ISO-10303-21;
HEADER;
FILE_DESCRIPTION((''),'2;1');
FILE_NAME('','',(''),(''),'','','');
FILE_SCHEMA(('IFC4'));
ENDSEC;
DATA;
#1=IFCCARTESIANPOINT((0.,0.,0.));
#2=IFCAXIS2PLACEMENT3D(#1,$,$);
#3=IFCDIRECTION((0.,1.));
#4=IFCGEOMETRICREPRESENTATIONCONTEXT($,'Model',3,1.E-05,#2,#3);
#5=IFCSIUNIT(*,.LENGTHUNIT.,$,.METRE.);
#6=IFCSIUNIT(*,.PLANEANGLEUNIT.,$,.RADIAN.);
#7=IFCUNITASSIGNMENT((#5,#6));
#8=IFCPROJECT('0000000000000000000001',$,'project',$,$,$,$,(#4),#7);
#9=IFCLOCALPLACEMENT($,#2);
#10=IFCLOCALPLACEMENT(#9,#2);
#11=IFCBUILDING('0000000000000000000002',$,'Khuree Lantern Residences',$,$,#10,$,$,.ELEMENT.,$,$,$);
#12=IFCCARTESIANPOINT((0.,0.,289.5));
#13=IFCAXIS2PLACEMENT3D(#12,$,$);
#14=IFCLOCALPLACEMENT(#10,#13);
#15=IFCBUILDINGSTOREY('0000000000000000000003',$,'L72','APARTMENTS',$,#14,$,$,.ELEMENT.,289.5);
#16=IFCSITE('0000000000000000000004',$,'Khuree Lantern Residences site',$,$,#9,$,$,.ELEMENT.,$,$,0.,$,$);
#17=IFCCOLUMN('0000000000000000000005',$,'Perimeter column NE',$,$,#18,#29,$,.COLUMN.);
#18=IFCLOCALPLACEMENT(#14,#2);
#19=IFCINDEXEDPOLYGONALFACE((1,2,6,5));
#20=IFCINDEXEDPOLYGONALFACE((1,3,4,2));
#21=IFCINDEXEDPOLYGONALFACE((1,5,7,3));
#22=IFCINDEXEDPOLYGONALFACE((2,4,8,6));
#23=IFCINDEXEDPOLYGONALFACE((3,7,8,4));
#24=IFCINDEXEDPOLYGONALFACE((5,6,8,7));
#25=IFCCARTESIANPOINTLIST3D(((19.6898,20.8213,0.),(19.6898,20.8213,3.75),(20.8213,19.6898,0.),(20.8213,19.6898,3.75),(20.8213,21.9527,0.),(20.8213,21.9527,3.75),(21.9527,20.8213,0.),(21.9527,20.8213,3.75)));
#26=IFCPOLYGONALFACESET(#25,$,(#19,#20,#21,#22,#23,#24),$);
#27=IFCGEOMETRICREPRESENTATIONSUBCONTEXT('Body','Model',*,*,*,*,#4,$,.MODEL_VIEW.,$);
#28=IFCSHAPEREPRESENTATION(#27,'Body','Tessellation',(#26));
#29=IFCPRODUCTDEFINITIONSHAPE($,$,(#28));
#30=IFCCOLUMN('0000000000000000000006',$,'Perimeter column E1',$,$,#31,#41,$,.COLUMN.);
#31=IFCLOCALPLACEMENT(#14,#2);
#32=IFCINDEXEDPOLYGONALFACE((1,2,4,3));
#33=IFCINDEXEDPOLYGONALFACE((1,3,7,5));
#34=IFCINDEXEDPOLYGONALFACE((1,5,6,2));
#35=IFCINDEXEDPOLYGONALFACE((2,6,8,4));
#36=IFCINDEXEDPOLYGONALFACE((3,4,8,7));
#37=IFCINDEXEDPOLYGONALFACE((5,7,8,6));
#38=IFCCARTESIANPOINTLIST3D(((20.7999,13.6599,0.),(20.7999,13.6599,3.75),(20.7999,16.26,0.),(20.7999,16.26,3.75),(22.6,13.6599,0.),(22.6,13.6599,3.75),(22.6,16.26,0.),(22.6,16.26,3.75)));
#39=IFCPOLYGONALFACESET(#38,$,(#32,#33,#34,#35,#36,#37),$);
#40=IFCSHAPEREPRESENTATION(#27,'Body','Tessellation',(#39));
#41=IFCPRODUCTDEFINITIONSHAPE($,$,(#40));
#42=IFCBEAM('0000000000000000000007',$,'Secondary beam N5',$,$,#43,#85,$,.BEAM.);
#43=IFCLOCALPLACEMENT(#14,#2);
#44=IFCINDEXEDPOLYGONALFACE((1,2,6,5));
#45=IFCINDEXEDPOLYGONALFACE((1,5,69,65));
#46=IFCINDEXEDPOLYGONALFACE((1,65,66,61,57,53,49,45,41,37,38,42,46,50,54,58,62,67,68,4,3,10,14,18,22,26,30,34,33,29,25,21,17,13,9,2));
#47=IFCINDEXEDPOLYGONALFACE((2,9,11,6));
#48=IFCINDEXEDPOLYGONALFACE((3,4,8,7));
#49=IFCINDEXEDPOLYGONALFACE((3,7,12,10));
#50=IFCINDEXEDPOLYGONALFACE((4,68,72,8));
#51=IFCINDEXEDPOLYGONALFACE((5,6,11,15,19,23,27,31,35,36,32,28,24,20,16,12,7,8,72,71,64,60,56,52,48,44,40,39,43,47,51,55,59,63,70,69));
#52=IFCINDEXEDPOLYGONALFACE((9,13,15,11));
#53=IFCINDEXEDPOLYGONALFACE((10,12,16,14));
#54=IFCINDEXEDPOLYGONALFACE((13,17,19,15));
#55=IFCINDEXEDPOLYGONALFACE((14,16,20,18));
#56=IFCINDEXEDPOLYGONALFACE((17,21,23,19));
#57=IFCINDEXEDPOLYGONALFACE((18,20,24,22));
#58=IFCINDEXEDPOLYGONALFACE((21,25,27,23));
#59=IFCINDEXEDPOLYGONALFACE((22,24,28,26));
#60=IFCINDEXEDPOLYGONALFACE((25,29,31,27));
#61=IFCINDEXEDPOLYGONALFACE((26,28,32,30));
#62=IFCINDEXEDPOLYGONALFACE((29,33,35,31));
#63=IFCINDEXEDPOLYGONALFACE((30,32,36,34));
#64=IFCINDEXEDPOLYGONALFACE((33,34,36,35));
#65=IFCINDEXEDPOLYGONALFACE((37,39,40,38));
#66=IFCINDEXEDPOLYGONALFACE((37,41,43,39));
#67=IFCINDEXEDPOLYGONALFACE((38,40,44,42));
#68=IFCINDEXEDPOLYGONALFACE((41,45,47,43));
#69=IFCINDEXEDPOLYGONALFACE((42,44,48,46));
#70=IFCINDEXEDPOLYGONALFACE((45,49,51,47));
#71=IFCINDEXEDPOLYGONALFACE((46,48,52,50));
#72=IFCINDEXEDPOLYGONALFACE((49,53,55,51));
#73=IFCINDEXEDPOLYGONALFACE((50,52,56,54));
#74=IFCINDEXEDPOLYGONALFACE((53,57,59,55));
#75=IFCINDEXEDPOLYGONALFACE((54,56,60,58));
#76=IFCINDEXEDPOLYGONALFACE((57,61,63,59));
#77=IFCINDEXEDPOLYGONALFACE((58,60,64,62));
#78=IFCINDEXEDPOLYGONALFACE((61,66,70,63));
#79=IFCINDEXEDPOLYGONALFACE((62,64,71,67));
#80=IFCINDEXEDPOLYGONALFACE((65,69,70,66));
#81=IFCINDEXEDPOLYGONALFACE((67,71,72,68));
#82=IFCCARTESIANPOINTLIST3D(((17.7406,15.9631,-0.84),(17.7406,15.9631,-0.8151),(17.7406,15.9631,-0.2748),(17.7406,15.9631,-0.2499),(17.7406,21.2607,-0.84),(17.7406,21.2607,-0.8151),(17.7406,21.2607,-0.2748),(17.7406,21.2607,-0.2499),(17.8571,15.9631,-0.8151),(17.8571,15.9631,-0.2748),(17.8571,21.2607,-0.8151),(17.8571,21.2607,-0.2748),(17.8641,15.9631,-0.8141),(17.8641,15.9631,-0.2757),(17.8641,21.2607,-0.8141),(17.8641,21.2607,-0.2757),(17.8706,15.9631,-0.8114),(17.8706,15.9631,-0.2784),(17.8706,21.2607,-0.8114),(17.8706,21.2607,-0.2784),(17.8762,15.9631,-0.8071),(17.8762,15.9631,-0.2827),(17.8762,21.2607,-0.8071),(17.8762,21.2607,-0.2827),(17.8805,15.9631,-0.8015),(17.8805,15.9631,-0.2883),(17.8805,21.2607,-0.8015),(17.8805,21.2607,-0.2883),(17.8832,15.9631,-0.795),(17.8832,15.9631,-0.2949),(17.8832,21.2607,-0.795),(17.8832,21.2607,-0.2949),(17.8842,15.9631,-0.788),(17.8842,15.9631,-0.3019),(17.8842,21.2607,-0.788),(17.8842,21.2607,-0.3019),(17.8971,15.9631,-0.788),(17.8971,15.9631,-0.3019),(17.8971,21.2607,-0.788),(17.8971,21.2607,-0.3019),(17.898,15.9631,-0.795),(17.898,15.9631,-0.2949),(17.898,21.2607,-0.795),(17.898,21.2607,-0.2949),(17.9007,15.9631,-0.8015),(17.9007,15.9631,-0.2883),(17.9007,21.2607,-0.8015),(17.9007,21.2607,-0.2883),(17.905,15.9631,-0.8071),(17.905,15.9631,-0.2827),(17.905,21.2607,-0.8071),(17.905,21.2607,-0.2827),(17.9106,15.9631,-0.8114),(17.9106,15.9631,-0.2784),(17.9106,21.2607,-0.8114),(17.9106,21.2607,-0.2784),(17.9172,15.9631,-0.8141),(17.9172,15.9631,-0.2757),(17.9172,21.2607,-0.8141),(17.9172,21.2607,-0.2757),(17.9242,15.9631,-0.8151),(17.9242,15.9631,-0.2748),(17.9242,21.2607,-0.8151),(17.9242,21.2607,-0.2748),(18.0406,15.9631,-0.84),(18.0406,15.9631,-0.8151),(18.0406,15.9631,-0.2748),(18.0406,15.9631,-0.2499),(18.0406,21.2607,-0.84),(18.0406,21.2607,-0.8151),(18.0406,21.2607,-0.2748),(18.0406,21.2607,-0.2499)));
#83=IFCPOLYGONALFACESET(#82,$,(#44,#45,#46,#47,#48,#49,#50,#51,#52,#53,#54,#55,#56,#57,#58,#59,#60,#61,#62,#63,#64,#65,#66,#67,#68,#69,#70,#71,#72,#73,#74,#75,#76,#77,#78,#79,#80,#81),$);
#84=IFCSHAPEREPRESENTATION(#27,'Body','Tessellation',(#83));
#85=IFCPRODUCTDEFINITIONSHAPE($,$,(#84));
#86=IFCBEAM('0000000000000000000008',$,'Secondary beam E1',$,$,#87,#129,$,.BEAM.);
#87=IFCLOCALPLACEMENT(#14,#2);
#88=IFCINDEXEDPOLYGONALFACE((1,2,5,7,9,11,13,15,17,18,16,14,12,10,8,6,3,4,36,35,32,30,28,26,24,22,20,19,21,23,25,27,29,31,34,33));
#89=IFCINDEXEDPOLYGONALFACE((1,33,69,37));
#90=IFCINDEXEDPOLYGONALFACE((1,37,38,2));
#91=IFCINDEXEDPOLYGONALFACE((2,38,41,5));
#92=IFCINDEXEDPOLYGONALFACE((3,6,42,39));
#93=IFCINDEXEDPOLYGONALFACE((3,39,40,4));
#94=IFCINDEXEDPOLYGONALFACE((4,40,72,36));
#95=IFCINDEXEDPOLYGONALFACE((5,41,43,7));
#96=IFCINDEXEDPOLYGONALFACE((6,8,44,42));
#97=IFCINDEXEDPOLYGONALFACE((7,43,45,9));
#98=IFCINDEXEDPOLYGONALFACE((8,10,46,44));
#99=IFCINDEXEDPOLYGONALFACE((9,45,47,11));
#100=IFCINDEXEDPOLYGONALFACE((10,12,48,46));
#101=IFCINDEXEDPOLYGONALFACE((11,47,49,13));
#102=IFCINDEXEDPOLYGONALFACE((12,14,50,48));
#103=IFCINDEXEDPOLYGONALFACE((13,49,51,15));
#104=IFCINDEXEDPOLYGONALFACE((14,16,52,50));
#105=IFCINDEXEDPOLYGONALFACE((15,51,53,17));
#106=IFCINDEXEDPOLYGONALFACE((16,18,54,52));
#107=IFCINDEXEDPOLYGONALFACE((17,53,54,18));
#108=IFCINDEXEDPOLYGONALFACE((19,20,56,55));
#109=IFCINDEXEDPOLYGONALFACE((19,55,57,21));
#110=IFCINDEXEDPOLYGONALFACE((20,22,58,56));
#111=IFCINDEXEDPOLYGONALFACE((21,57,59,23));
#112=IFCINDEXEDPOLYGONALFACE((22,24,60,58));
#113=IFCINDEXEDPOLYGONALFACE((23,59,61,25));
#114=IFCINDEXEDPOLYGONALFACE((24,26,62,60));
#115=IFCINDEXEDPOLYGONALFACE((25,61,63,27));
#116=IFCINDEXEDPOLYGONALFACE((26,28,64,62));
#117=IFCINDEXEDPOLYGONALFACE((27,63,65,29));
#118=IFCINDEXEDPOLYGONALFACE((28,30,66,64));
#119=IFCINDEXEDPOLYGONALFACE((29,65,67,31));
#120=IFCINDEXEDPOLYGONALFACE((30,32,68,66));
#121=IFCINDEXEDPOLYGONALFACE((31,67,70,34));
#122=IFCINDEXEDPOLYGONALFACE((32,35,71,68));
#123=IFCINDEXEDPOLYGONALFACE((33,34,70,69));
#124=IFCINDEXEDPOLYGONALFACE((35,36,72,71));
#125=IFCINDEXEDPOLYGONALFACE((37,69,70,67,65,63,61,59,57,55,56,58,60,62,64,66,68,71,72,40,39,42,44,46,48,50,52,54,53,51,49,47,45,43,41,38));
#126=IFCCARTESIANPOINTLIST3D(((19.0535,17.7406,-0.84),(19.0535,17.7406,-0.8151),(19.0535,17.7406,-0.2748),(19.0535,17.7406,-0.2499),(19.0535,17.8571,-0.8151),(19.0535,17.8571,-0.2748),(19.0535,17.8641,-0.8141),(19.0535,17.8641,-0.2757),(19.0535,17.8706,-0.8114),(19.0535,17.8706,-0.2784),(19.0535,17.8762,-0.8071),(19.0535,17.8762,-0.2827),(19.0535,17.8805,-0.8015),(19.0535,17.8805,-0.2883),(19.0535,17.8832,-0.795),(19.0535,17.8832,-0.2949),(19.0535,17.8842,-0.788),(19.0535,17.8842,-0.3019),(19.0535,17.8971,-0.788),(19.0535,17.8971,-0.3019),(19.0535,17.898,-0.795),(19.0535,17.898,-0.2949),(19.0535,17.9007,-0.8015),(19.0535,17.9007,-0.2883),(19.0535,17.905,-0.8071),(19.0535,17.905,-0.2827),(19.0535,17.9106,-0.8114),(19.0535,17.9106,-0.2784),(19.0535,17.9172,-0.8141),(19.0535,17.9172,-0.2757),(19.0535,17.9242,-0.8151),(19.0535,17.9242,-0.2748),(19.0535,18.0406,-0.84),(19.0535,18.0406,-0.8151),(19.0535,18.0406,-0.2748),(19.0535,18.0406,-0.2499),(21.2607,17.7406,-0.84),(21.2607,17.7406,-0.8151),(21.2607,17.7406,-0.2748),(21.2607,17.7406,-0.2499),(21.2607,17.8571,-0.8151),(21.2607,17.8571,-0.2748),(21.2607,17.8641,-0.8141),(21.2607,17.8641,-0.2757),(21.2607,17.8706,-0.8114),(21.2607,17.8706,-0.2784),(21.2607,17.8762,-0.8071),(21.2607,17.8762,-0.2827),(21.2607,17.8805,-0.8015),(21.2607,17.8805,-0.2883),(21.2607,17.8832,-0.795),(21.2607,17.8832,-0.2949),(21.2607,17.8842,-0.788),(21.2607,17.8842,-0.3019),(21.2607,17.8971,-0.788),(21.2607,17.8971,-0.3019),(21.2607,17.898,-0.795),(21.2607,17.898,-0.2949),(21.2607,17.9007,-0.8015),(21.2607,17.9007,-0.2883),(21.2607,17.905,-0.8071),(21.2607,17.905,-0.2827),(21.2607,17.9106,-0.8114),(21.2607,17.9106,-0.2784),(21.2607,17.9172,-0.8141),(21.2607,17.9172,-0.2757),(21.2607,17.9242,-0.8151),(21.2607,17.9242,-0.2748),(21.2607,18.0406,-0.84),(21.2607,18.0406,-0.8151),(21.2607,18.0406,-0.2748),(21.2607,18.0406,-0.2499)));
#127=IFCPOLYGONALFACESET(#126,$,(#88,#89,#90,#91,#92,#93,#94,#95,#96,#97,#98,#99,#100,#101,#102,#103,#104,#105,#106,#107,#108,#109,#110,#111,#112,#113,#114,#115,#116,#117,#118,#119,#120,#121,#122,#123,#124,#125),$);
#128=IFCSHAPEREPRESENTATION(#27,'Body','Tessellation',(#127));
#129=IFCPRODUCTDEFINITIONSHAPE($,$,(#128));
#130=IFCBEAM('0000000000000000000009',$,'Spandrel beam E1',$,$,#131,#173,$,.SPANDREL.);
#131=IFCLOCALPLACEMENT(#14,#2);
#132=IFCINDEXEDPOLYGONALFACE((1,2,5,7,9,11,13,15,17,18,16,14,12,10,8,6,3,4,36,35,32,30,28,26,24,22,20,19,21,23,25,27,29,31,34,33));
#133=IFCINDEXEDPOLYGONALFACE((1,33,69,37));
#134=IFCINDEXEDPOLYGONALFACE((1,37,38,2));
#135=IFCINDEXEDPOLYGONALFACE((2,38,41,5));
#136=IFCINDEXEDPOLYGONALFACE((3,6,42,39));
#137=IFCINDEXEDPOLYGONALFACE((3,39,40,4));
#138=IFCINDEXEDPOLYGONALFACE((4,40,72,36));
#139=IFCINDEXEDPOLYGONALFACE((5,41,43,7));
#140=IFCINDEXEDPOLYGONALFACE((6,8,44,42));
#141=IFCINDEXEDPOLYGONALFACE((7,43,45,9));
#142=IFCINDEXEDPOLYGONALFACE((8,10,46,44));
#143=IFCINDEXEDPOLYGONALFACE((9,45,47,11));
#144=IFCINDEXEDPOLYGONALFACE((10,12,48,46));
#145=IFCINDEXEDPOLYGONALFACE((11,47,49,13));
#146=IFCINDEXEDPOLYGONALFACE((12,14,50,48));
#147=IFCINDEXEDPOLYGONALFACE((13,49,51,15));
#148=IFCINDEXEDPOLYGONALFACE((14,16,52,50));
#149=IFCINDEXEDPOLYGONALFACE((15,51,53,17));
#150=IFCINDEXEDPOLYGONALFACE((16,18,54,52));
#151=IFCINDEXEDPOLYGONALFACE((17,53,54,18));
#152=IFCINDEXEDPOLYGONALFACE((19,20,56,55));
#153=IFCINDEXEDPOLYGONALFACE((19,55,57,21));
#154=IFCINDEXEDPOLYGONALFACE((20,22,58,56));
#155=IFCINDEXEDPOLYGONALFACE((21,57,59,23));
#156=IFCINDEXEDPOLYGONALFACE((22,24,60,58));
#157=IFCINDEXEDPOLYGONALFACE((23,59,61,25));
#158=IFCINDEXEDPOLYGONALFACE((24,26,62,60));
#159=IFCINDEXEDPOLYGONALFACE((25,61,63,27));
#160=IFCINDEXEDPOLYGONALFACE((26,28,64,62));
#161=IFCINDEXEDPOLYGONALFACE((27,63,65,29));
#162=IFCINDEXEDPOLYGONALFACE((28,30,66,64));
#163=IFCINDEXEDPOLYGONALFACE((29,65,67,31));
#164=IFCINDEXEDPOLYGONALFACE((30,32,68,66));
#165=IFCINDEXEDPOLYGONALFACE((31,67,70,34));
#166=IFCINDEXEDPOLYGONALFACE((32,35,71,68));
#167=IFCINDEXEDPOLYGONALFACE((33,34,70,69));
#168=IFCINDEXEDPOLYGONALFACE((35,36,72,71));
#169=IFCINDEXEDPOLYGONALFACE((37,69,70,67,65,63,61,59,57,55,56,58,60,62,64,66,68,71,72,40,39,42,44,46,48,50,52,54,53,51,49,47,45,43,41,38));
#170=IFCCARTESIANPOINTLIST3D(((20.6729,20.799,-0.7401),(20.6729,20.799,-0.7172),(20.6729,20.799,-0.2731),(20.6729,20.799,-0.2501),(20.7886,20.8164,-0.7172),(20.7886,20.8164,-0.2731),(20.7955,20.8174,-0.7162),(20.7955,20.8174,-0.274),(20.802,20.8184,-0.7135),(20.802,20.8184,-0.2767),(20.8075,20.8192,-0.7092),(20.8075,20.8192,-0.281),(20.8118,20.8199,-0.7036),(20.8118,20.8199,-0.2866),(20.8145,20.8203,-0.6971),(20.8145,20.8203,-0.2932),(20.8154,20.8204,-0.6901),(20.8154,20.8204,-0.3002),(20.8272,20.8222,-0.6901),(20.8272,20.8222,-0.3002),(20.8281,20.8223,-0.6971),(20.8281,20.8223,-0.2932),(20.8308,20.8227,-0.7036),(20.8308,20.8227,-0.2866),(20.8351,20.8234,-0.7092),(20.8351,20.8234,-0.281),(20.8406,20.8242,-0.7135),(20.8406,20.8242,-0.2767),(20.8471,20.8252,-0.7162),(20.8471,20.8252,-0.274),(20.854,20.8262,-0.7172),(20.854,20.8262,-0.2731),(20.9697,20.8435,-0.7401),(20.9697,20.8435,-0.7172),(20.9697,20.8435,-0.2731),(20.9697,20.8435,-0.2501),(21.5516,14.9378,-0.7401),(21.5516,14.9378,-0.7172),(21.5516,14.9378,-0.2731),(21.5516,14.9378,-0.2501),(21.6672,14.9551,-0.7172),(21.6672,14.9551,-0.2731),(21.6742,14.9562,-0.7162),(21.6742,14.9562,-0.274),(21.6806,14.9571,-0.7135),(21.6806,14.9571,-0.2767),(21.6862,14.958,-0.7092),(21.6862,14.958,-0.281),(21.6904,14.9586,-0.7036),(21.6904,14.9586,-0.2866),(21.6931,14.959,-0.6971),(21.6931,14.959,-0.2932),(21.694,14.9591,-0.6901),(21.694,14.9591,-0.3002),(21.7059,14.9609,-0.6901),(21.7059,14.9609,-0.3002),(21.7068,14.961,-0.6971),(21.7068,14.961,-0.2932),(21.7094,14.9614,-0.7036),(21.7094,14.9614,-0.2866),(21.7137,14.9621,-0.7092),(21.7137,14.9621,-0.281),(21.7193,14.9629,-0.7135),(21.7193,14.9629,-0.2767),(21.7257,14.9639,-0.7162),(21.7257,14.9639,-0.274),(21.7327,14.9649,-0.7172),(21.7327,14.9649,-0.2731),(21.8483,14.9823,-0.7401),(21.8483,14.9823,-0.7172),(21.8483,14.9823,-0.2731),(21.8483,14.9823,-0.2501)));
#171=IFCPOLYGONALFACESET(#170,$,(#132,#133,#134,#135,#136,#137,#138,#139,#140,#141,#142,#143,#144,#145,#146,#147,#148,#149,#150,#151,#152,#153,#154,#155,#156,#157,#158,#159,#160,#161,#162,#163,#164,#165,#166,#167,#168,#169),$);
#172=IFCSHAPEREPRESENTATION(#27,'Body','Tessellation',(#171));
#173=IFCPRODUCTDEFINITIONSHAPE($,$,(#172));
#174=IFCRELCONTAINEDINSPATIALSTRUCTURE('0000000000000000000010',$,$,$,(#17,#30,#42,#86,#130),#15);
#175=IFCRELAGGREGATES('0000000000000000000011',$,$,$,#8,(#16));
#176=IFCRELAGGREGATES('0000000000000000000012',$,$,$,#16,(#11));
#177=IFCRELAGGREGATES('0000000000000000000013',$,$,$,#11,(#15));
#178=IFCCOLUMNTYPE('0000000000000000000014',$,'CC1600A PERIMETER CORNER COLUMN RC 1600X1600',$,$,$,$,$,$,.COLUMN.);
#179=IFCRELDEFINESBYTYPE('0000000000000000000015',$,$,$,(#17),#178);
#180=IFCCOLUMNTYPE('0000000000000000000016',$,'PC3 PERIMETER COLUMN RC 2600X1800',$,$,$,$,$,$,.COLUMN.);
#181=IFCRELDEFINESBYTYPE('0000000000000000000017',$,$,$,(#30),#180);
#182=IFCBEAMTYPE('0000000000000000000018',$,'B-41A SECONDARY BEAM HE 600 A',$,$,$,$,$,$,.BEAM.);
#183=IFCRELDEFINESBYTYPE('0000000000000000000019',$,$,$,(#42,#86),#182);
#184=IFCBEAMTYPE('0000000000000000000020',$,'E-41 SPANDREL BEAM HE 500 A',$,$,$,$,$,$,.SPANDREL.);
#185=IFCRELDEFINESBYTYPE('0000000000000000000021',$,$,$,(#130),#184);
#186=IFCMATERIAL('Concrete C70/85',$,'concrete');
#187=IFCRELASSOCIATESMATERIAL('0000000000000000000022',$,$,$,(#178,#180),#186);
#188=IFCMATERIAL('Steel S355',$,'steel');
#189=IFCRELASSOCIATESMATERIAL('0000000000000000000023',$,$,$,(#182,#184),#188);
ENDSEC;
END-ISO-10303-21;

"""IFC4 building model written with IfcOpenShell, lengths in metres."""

from ifc_helpers import new_model, si_unit, direction, frame, origin, origin_2d, place, context, subcontext, project, spatial, rectangle, i_section, extrude, material, material_profile, profile_set, type_object, element, save


model = new_model("IFC4")

# Units and contexts
model_context = context("Model", 3, precision=1e-05, world=origin(), true_north=direction((0.0, 1.0)))
body_context = subcontext(model_context, "Body", "Model", "MODEL_VIEW")
ifc_project = project(units=[si_unit("LENGTHUNIT", "METRE"), si_unit("PLANEANGLEUNIT", "RADIAN")], contexts=[model_context])

# Site, building, storey
site_placement = place(None, origin())
site = spatial("IfcSite", under=ifc_project, at=site_placement, Name="Khuree Lantern Residences site", CompositionType="ELEMENT", RefElevation=0.0)
building_placement = place(site_placement, origin())
building = spatial("IfcBuilding", under=site, at=building_placement, Name="Khuree Lantern Residences", CompositionType="ELEMENT")
storey_placement = place(building_placement, frame((0.0, 0.0, 289.5)))
storey = spatial("IfcBuildingStorey", under=building, at=storey_placement, Name="L72", Description="APARTMENTS", CompositionType="ELEMENT", Elevation=289.5)

# Columns
ifc_material_1 = material(Name="Concrete C70/85", Category="concrete")
ifc_material_profile_1 = material_profile(ifc_material_1, rectangle(XDim=1.6001, YDim=1.6001, at=origin_2d()), Name="RC 1600X1600")
ifc_profile_set_1 = profile_set([ifc_material_profile_1], Name="Concrete C70/85")
column_type_1 = type_object("IfcColumnType", Name="CC1600A PERIMETER CORNER COLUMN RC 1600X1600", PredefinedType="COLUMN", material=ifc_profile_set_1)
column_1_placement = place(storey_placement, frame((20.8213, 20.8213, 0.0), z_axis=(0.0, 0.0, 1.0), x_axis=(0.707107, -0.707107, 0.0)))
element("IfcColumn", 1, at=column_1_placement, inside=storey, type_object=column_type_1, Name="Perimeter column NE", PredefinedType="COLUMN", context=body_context, shape_type="SweptSolid", body=[
    extrude(rectangle(XDim=1.6001, YDim=1.6001, at=origin_2d()), origin(), (0.0, 0.0, 1.0), 3.75),
])
ifc_material_profile_2 = material_profile(ifc_material_1, rectangle(XDim=2.6001, YDim=1.8, at=origin_2d()), Name="RC 2600X1800")
ifc_profile_set_2 = profile_set([ifc_material_profile_2], Name="Concrete C70/85")
column_type_2 = type_object("IfcColumnType", Name="PC3 PERIMETER COLUMN RC 2600X1800", PredefinedType="COLUMN", material=ifc_profile_set_2)
column_2_placement = place(storey_placement, frame((21.7, 14.96, 0.0), z_axis=(0.0, 0.0, 1.0), x_axis=(0.0, 1.0, 0.0)))
element("IfcColumn", 2, at=column_2_placement, inside=storey, type_object=column_type_2, Name="Perimeter column E1", PredefinedType="COLUMN", context=body_context, shape_type="SweptSolid", body=[
    extrude(rectangle(XDim=2.6001, YDim=1.8, at=origin_2d()), origin(), (0.0, 0.0, 1.0), 3.75),
])

# Beams
ifc_material_2 = material(Name="Steel S355", Category="steel")
ifc_material_profile_3 = material_profile(ifc_material_2, i_section(OverallWidth=0.3, OverallDepth=0.5901, WebThickness=0.0129, FlangeThickness=0.0249, FilletRadius=0.0271, at=origin_2d()), Name="HE 600 A")
ifc_profile_set_3 = profile_set([ifc_material_profile_3], Name="Steel S355")
beam_type_1 = type_object("IfcBeamType", Name="B-41A SECONDARY BEAM HE 600 A", PredefinedType="BEAM", material=ifc_profile_set_3)
beam_1_placement = place(storey_placement, frame((17.8906, 21.2607, -0.5449), z_axis=(0.0, -1.0, 0.0), x_axis=(1.0, 0.0, 0.0)))
element("IfcBeam", 3, at=beam_1_placement, inside=storey, type_object=beam_type_1, Name="Secondary beam N5", PredefinedType="BEAM", context=body_context, shape_type="SweptSolid", body=[
    extrude(i_section(OverallWidth=0.3, OverallDepth=0.5901, WebThickness=0.0129, FlangeThickness=0.0249, FilletRadius=0.0271, at=origin_2d()), origin(), (0.0, 0.0, 1.0), 5.2976),
])
beam_2_placement = place(storey_placement, frame((21.2607, 17.8906, -0.5449), z_axis=(-1.0, 0.0, 0.0), x_axis=(0.0, -1.0, 0.0)))
element("IfcBeam", 4, at=beam_2_placement, inside=storey, type_object=beam_type_1, Name="Secondary beam E1", PredefinedType="BEAM", context=body_context, shape_type="SweptSolid", body=[
    extrude(i_section(OverallWidth=0.3, OverallDepth=0.5901, WebThickness=0.0129, FlangeThickness=0.0249, FilletRadius=0.0271, at=origin_2d()), origin(), (0.0, 0.0, 1.0), 2.2073),
])
ifc_material_profile_4 = material_profile(ifc_material_2, i_section(OverallWidth=0.3, OverallDepth=0.49, WebThickness=0.012, FlangeThickness=0.0229, FilletRadius=0.0271, at=origin_2d()), Name="HE 500 A")
ifc_profile_set_4 = profile_set([ifc_material_profile_4], Name="Steel S355")
beam_type_2 = type_object("IfcBeamType", Name="E-41 SPANDREL BEAM HE 500 A", PredefinedType="SPANDREL", material=ifc_profile_set_4)
beam_3_placement = place(storey_placement, frame((20.8213, 20.8213, -0.4951), z_axis=(0.148252, -0.98895, 0.0), x_axis=(0.98895, 0.148252, 0.0)))
element("IfcBeam", 5, at=beam_3_placement, inside=storey, type_object=beam_type_2, Name="Spandrel beam E1", PredefinedType="SPANDREL", context=body_context, shape_type="SweptSolid", body=[
    extrude(i_section(OverallWidth=0.3, OverallDepth=0.49, WebThickness=0.012, FlangeThickness=0.0229, FilletRadius=0.0271, at=origin_2d()), origin(), (0.0, 0.0, 1.0), 5.9268),
])

save(model, "model.ifc")
